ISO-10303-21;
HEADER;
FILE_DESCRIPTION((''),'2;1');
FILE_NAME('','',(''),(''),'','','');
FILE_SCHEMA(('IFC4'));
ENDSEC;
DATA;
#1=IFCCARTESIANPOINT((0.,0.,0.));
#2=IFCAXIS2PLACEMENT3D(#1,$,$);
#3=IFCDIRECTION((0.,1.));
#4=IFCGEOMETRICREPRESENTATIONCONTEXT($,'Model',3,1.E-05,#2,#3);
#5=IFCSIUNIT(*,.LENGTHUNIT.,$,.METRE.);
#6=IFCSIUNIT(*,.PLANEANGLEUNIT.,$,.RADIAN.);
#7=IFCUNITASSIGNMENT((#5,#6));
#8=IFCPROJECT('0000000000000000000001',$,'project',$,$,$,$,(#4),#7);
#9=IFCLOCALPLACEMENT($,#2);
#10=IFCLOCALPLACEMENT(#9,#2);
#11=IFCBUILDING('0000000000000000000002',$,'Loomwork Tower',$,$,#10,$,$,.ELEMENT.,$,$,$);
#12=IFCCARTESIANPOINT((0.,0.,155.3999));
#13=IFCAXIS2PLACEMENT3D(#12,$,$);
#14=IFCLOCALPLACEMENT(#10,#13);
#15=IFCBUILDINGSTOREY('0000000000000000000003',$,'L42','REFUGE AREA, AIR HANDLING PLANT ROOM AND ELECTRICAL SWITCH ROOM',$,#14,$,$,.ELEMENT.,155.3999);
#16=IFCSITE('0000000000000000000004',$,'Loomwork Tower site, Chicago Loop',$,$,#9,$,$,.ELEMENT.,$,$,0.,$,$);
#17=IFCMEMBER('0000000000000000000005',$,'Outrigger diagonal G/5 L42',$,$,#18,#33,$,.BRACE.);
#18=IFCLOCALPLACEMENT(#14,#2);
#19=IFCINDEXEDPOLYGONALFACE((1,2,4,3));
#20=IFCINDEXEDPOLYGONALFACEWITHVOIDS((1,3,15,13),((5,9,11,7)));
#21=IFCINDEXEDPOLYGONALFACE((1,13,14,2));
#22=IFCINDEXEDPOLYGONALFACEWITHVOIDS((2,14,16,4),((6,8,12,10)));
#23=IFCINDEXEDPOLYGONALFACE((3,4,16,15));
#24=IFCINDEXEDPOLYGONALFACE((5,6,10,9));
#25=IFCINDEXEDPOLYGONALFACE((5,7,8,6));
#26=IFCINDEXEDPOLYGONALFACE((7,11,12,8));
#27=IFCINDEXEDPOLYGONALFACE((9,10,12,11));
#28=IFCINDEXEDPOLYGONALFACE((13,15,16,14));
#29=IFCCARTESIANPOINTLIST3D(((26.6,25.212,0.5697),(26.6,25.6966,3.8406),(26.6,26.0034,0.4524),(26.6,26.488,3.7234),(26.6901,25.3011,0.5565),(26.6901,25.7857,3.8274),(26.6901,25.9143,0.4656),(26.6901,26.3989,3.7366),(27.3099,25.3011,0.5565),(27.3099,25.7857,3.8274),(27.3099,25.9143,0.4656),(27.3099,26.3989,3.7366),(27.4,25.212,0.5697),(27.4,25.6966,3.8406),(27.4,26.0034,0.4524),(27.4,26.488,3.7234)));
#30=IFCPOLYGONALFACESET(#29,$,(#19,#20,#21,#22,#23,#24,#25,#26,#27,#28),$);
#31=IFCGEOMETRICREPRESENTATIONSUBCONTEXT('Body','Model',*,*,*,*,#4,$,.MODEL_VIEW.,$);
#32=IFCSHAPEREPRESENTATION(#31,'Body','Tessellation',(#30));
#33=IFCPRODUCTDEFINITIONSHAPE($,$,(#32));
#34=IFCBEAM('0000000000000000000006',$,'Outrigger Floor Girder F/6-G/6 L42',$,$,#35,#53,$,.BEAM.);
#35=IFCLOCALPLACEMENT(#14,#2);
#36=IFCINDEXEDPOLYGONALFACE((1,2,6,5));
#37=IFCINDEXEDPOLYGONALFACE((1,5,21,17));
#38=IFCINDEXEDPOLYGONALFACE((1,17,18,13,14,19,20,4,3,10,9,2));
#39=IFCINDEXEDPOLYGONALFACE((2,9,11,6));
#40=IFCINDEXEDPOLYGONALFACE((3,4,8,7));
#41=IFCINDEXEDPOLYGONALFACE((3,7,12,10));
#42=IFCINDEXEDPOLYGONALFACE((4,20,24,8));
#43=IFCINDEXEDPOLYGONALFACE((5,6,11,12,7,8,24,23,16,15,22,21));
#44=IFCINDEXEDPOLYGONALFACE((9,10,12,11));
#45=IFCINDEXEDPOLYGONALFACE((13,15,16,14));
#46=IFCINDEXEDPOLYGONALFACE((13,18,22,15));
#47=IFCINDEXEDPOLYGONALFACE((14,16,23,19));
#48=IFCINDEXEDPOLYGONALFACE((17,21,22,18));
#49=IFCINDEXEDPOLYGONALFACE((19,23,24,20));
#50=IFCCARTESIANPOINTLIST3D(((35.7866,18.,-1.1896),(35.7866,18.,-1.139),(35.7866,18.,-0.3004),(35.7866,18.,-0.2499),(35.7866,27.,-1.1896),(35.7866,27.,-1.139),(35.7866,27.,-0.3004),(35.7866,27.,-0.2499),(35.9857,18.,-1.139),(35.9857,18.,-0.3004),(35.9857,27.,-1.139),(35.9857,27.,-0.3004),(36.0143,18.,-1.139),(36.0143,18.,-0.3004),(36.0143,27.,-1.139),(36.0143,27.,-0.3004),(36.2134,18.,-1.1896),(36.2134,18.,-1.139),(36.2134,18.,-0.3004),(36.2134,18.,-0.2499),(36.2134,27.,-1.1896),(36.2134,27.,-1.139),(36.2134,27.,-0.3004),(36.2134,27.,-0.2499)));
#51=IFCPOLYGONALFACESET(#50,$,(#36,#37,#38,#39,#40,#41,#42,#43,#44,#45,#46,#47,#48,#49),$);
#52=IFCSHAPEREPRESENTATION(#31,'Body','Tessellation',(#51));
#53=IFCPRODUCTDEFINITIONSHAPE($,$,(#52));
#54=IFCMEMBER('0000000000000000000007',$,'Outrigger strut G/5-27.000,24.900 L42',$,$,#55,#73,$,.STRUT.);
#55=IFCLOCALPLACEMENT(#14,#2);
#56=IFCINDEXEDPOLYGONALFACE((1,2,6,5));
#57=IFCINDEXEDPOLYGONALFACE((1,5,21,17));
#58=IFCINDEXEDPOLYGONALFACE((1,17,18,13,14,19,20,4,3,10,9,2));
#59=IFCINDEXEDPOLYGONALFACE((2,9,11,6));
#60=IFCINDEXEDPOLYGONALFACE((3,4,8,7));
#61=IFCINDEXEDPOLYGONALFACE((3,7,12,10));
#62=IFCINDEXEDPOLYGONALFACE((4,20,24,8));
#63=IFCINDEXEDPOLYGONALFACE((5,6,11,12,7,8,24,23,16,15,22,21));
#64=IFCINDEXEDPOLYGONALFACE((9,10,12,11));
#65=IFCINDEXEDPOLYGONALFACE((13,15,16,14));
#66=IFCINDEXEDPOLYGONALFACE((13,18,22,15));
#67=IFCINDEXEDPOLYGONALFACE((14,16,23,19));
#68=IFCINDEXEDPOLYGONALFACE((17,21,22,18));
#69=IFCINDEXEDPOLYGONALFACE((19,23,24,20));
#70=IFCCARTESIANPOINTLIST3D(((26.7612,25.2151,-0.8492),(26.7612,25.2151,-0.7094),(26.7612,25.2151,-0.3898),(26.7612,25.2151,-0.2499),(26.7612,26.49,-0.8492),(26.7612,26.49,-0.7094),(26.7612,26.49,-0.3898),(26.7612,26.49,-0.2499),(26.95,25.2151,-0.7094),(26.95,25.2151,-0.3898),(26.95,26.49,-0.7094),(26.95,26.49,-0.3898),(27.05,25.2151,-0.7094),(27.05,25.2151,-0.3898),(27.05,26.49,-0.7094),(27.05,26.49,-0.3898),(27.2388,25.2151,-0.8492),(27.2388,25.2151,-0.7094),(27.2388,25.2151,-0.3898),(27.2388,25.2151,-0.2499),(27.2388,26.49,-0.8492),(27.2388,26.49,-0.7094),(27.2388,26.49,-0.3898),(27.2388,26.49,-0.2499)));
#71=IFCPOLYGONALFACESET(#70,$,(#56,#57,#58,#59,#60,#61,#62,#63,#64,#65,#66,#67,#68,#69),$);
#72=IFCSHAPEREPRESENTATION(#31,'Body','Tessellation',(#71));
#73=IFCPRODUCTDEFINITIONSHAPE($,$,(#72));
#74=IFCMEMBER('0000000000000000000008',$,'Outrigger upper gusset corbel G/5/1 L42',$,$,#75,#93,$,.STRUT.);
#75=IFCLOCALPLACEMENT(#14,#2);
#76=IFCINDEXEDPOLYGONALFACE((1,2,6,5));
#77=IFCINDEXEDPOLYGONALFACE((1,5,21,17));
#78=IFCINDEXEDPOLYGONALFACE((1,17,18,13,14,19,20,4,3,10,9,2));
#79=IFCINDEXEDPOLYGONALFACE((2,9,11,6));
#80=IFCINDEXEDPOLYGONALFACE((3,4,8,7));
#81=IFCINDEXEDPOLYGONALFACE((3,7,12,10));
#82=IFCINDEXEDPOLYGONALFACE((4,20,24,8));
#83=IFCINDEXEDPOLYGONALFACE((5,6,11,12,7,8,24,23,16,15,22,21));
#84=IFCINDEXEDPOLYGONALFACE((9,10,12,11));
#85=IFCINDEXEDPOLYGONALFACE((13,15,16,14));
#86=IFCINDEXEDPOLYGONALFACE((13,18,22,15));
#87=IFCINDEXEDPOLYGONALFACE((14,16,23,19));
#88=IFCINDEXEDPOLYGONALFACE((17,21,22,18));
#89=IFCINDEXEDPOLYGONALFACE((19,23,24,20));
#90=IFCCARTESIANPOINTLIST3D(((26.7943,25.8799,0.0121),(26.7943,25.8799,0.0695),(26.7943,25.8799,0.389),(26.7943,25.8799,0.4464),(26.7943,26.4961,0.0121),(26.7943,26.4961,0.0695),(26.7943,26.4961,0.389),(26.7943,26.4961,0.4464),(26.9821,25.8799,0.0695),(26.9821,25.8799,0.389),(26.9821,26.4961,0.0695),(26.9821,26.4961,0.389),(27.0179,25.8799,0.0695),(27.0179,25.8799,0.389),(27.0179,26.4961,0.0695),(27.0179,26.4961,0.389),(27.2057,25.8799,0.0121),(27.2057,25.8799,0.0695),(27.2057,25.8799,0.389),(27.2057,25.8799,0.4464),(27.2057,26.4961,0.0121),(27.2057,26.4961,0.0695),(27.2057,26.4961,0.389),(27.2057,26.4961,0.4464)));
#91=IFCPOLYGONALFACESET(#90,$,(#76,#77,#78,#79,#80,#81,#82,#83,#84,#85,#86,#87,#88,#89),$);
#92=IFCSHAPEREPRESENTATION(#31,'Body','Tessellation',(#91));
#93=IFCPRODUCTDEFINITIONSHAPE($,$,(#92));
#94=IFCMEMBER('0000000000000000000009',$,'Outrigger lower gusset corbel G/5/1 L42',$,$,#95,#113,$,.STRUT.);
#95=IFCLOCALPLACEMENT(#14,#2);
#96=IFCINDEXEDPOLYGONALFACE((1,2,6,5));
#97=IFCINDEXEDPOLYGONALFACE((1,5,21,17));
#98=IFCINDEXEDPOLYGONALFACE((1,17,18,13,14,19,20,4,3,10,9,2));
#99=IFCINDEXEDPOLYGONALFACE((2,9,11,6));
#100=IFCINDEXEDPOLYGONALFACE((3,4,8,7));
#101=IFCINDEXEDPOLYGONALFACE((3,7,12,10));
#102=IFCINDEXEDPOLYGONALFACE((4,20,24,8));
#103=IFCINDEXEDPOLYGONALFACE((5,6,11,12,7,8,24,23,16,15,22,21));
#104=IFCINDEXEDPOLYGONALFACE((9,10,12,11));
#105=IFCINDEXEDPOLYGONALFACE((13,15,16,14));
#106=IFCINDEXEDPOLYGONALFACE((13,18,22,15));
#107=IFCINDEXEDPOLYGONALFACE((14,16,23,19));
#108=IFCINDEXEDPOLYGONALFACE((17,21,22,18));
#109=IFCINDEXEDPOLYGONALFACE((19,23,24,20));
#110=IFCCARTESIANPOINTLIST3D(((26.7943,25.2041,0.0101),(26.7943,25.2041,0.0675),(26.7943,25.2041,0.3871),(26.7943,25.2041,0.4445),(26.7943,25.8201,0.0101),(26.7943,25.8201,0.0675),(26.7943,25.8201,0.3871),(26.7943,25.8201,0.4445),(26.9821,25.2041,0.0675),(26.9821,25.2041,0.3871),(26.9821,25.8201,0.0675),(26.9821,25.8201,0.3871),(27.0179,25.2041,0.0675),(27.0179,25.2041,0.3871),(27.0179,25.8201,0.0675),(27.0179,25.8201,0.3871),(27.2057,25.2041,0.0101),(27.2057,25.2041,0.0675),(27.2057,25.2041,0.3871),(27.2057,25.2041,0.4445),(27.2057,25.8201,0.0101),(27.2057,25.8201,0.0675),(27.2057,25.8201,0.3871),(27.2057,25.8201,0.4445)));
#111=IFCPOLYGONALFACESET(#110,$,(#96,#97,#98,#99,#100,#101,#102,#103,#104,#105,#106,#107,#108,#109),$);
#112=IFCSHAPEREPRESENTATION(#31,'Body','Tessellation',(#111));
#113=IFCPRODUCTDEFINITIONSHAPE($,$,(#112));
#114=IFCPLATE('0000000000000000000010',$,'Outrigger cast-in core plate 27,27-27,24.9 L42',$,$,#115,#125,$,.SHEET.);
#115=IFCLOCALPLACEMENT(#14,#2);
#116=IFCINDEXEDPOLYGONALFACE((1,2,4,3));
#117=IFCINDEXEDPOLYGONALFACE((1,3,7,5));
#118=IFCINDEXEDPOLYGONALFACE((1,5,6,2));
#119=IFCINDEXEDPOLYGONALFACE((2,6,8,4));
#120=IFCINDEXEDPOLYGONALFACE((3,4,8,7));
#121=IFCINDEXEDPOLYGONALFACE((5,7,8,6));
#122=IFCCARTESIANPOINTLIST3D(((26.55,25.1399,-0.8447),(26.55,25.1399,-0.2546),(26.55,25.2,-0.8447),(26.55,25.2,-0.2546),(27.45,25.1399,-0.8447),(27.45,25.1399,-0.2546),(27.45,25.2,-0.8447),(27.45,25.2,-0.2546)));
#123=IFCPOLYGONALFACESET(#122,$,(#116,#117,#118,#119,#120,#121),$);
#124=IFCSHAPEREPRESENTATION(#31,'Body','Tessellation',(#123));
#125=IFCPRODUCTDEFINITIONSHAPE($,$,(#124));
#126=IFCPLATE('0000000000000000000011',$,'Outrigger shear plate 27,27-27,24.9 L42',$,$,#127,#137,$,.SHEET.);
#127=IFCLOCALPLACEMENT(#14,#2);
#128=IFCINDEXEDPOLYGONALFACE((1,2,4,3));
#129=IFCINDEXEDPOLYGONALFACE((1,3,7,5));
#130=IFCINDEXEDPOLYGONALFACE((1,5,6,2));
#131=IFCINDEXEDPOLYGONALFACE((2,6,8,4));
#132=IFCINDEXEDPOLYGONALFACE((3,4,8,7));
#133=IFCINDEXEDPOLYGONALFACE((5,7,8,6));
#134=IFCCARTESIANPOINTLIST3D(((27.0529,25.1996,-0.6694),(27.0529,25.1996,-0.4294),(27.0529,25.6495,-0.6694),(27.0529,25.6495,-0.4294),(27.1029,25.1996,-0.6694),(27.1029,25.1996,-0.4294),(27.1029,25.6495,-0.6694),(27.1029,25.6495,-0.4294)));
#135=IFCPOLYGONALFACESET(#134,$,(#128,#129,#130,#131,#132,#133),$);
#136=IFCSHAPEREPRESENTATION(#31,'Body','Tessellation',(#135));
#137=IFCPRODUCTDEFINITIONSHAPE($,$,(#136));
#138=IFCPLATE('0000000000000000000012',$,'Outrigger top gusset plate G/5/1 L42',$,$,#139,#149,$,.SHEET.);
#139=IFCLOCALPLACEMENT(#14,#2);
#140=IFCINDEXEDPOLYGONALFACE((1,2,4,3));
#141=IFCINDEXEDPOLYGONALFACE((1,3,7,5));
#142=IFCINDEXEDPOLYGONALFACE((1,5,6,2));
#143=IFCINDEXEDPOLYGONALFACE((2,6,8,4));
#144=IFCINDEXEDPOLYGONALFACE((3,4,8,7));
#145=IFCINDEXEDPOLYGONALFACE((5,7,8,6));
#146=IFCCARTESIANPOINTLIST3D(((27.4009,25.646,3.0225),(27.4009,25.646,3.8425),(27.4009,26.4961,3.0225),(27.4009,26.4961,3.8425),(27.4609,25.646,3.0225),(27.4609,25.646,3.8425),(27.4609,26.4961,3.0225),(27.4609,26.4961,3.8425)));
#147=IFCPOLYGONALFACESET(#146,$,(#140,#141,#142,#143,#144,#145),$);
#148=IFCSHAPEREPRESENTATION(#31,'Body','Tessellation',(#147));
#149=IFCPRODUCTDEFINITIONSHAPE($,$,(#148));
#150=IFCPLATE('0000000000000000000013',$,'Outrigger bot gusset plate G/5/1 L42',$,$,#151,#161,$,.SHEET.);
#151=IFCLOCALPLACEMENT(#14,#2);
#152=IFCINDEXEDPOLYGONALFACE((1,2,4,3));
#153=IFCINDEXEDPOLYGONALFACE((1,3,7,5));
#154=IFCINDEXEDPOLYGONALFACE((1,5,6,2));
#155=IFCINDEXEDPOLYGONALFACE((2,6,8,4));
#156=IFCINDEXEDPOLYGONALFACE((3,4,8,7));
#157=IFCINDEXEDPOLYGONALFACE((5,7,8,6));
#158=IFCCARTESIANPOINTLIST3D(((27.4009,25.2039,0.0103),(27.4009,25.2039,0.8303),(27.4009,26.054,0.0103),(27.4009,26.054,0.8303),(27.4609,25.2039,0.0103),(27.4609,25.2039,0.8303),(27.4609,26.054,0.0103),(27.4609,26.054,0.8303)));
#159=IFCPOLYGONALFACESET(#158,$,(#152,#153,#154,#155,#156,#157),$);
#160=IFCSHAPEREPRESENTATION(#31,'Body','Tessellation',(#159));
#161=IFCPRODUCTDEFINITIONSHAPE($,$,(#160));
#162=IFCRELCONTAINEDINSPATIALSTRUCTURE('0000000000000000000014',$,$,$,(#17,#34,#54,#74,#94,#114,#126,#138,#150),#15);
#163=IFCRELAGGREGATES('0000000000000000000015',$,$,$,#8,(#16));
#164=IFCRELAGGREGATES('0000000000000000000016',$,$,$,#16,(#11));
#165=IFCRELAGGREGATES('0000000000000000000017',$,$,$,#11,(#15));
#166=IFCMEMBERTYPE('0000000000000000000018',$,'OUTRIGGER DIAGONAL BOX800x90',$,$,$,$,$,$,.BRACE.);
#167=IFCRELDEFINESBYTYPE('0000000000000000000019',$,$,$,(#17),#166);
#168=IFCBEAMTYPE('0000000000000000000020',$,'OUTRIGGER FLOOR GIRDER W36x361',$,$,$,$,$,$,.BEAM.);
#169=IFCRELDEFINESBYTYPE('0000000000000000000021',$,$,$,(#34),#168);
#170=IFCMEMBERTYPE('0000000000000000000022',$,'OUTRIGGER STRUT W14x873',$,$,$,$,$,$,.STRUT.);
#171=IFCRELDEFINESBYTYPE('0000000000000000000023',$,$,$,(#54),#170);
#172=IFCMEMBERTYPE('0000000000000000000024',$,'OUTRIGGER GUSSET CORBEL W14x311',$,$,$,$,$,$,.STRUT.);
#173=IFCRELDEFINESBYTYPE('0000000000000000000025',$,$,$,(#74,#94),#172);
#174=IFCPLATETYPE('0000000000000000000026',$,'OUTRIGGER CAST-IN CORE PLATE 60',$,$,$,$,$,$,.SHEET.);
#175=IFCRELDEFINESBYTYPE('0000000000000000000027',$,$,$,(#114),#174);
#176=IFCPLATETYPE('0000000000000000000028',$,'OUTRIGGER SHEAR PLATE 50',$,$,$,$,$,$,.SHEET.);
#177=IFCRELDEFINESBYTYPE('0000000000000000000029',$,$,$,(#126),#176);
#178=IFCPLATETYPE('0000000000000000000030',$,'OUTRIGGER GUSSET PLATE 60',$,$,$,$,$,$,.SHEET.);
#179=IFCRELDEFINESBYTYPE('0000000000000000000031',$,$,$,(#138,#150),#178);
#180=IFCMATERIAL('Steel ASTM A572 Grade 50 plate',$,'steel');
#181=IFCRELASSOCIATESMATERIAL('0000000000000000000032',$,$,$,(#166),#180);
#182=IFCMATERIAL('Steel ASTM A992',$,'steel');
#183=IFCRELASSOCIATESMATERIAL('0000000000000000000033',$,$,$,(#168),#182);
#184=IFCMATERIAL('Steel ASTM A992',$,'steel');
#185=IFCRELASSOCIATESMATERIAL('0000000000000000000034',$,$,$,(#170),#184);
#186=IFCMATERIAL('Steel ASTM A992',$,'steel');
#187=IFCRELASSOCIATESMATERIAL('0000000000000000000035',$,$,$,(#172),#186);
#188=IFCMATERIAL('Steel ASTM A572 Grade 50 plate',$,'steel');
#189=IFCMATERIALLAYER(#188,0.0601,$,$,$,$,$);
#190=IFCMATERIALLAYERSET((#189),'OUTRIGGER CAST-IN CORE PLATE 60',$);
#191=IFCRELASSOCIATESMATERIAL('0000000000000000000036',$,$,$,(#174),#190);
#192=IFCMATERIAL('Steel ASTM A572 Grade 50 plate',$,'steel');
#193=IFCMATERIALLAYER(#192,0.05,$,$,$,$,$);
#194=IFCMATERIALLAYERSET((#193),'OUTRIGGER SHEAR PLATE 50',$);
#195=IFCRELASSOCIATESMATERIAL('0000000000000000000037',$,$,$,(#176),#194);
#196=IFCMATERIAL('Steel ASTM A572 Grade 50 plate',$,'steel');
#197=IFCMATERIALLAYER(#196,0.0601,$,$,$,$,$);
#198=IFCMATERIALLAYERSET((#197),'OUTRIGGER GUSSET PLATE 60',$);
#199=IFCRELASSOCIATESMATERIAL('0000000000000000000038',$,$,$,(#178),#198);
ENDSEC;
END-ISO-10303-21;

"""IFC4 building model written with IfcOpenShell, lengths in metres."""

from ifc_helpers import new_model, si_unit, direction, frame, origin, origin_2d, place, context, subcontext, project, spatial, rectangle, hollow_rectangle, i_section, extrude, material, layer, layer_set, material_profile, profile_set, type_object, element, save


model = new_model("IFC4")

# Units and contexts
model_context = context("Model", 3, precision=1e-05, world=origin(), true_north=direction((0.0, 1.0)))
body_context = subcontext(model_context, "Body", "Model", "MODEL_VIEW")
ifc_project = project(units=[si_unit("LENGTHUNIT", "METRE"), si_unit("PLANEANGLEUNIT", "RADIAN")], contexts=[model_context])

# Site, building, storey
site_placement = place(None, origin())
site = spatial("IfcSite", under=ifc_project, at=site_placement, Name="Loomwork Tower site, Chicago Loop", CompositionType="ELEMENT", RefElevation=0.0)
building_placement = place(site_placement, origin())
building = spatial("IfcBuilding", under=site, at=building_placement, Name="Loomwork Tower", CompositionType="ELEMENT")
storey_placement = place(building_placement, frame((0.0, 0.0, 155.3999)))
storey = spatial("IfcBuildingStorey", under=building, at=storey_placement, Name="L42", Description="REFUGE AREA, AIR HANDLING PLANT ROOM AND ELECTRICAL SWITCH ROOM", CompositionType="ELEMENT", Elevation=155.3999)

# Member
ifc_material_1 = material(Name="Steel ASTM A572 Grade 50 plate", Category="steel")
ifc_material_profile_1 = material_profile(ifc_material_1, hollow_rectangle(XDim=0.8, YDim=0.8, WallThickness=0.0901, at=origin_2d()), Name="BOX800x90")
ifc_profile_set_1 = profile_set([ifc_material_profile_1], Name="Steel ASTM A572 Grade 50 plate")
member_type_1 = type_object("IfcMemberType", Name="OUTRIGGER DIAGONAL BOX800x90", PredefinedType="BRACE", material=ifc_profile_set_1)
member_1_placement = place(storey_placement, frame((27.0, 26.0923, 3.782), z_axis=(0.0, -0.146557, -0.989202), x_axis=(1.0, 0.0, 0.0)))
element("IfcMember", 1, at=member_1_placement, inside=storey, type_object=member_type_1, Name="Outrigger diagonal G/5 L42", PredefinedType="BRACE", context=body_context, shape_type="SweptSolid", body=[
    extrude(hollow_rectangle(XDim=0.8, YDim=0.8, WallThickness=0.0901, at=origin_2d()), origin(), (0.0, 0.0, 1.0), 3.3066),
])

# Beam
ifc_material_2 = material(Name="Steel ASTM A992", Category="steel")
ifc_material_profile_2 = material_profile(ifc_material_2, i_section(OverallWidth=0.4268, OverallDepth=0.9397, WebThickness=0.0286, FlangeThickness=0.0505, at=origin_2d()), Name="W36x361")
ifc_profile_set_2 = profile_set([ifc_material_profile_2], Name="Steel ASTM A992")
beam_type = type_object("IfcBeamType", Name="OUTRIGGER FLOOR GIRDER W36x361", PredefinedType="BEAM", material=ifc_profile_set_2)
beam_placement = place(storey_placement, frame((36.0, 18.0, -0.7197), z_axis=(0.0, 1.0, 0.0), x_axis=(-1.0, 0.0, 0.0)))
element("IfcBeam", 2, at=beam_placement, inside=storey, type_object=beam_type, Name="Outrigger Floor Girder F/6-G/6 L42", PredefinedType="BEAM", context=body_context, shape_type="SweptSolid", body=[
    extrude(i_section(OverallWidth=0.4268, OverallDepth=0.9397, WebThickness=0.0286, FlangeThickness=0.0505, at=origin_2d()), origin(), (0.0, 0.0, 1.0), 9.0),
])

# Members
ifc_material_3 = material(Name="Steel ASTM A992", Category="steel")
ifc_material_profile_3 = material_profile(ifc_material_3, i_section(OverallWidth=0.4775, OverallDepth=0.5994, WebThickness=0.1001, FlangeThickness=0.1399, at=origin_2d()), Name="W14x873")
ifc_profile_set_3 = profile_set([ifc_material_profile_3], Name="Steel ASTM A992")
member_type_2 = type_object("IfcMemberType", Name="OUTRIGGER STRUT W14x873", PredefinedType="STRUT", material=ifc_profile_set_3)
member_2_placement = place(storey_placement, frame((27.0, 26.49, -0.5496), z_axis=(0.0, -1.0, 0.0), x_axis=(1.0, 0.0, 0.0)))
element("IfcMember", 3, at=member_2_placement, inside=storey, type_object=member_type_2, Name="Outrigger strut G/5-27.000,24.900 L42", PredefinedType="STRUT", context=body_context, shape_type="SweptSolid", body=[
    extrude(i_section(OverallWidth=0.4775, OverallDepth=0.5994, WebThickness=0.1001, FlangeThickness=0.1399, at=origin_2d()), origin(), (0.0, 0.0, 1.0), 1.2749),
])
ifc_material_4 = material(Name="Steel ASTM A992", Category="steel")
ifc_material_profile_4 = material_profile(ifc_material_4, i_section(OverallWidth=0.4114, OverallDepth=0.4343, WebThickness=0.0359, FlangeThickness=0.0574, at=origin_2d()), Name="W14x311")
ifc_profile_set_4 = profile_set([ifc_material_profile_4], Name="Steel ASTM A992")
member_type_3 = type_object("IfcMemberType", Name="OUTRIGGER GUSSET CORBEL W14x311", PredefinedType="STRUT", material=ifc_profile_set_4)
member_3_placement = place(storey_placement, frame((27.0, 26.4961, 0.2292), z_axis=(0.0, -1.0, 0.0), x_axis=(1.0, 0.0, 0.0)))
element("IfcMember", 4, at=member_3_placement, inside=storey, type_object=member_type_3, Name="Outrigger upper gusset corbel G/5/1 L42", PredefinedType="STRUT", context=body_context, shape_type="SweptSolid", body=[
    extrude(i_section(OverallWidth=0.4114, OverallDepth=0.4343, WebThickness=0.0359, FlangeThickness=0.0574, at=origin_2d()), origin(), (0.0, 0.0, 1.0), 0.6162),
])
member_4_placement = place(storey_placement, frame((27.0, 25.2041, 0.2273), z_axis=(0.0, 1.0, 0.0), x_axis=(-1.0, 0.0, 0.0)))
element("IfcMember", 5, at=member_4_placement, inside=storey, type_object=member_type_3, Name="Outrigger lower gusset corbel G/5/1 L42", PredefinedType="STRUT", context=body_context, shape_type="SweptSolid", body=[
    extrude(i_section(OverallWidth=0.4114, OverallDepth=0.4343, WebThickness=0.0359, FlangeThickness=0.0574, at=origin_2d()), origin(), (0.0, 0.0, 1.0), 0.616),
])

# Plates
ifc_material_5 = material(Name="Steel ASTM A572 Grade 50 plate", Category="steel")
ifc_layer_1 = layer(ifc_material_5, 0.0601)
ifc_layer_set_1 = layer_set([ifc_layer_1], Name="OUTRIGGER CAST-IN CORE PLATE 60")
plate_type_1 = type_object("IfcPlateType", Name="OUTRIGGER CAST-IN CORE PLATE 60", PredefinedType="SHEET", material=ifc_layer_set_1)
plate_1_placement = place(storey_placement, frame((27.0, 25.1699, -0.8447), z_axis=(0.0, 0.0, 1.0), x_axis=(1.0, 0.0, 0.0)))
element("IfcPlate", 6, at=plate_1_placement, inside=storey, type_object=plate_type_1, Name="Outrigger cast-in core plate 27,27-27,24.9 L42", PredefinedType="SHEET", context=body_context, shape_type="SweptSolid", body=[
    extrude(rectangle(XDim=0.8999, YDim=0.0601, at=origin_2d()), origin(), (0.0, 0.0, 1.0), 0.5901),
])
ifc_material_6 = material(Name="Steel ASTM A572 Grade 50 plate", Category="steel")
ifc_layer_2 = layer(ifc_material_6, 0.05)
ifc_layer_set_2 = layer_set([ifc_layer_2], Name="OUTRIGGER SHEAR PLATE 50")
plate_type_2 = type_object("IfcPlateType", Name="OUTRIGGER SHEAR PLATE 50", PredefinedType="SHEET", material=ifc_layer_set_2)
plate_2_placement = place(storey_placement, frame((27.0779, 25.4246, -0.6694), z_axis=(0.0, 0.0, 1.0), x_axis=(0.0, 1.0, 0.0)))
element("IfcPlate", 7, at=plate_2_placement, inside=storey, type_object=plate_type_2, Name="Outrigger shear plate 27,27-27,24.9 L42", PredefinedType="SHEET", context=body_context, shape_type="SweptSolid", body=[
    extrude(rectangle(XDim=0.45, YDim=0.05, at=origin_2d()), origin(), (0.0, 0.0, 1.0), 0.24),
])
ifc_material_7 = material(Name="Steel ASTM A572 Grade 50 plate", Category="steel")
ifc_layer_3 = layer(ifc_material_7, 0.0601)
ifc_layer_set_3 = layer_set([ifc_layer_3], Name="OUTRIGGER GUSSET PLATE 60")
plate_type_3 = type_object("IfcPlateType", Name="OUTRIGGER GUSSET PLATE 60", PredefinedType="SHEET", material=ifc_layer_set_3)
for number, where, z_axis, x_axis, name in (
    (8, (27.4309, 26.071, 3.0225), (0.0, 0.0, 1.0), (0.0, 1.0, 0.0), "Outrigger top gusset plate G/5/1 L42"),
    (9, (27.4309, 25.6289, 0.0103), (0.0, 0.0, 1.0), (0.0, 1.0, 0.0), "Outrigger bot gusset plate G/5/1 L42"),
):
    element("IfcPlate", number, at=place(storey_placement, frame(where, z_axis=z_axis, x_axis=x_axis)), inside=storey, type_object=plate_type_3, Name=name, PredefinedType="SHEET", context=body_context, shape_type="SweptSolid", body=[
        extrude(rectangle(XDim=0.8501, YDim=0.0601, at=origin_2d()), origin(), (0.0, 0.0, 1.0), 0.8201),
    ])

save(model, "model.ifc")
